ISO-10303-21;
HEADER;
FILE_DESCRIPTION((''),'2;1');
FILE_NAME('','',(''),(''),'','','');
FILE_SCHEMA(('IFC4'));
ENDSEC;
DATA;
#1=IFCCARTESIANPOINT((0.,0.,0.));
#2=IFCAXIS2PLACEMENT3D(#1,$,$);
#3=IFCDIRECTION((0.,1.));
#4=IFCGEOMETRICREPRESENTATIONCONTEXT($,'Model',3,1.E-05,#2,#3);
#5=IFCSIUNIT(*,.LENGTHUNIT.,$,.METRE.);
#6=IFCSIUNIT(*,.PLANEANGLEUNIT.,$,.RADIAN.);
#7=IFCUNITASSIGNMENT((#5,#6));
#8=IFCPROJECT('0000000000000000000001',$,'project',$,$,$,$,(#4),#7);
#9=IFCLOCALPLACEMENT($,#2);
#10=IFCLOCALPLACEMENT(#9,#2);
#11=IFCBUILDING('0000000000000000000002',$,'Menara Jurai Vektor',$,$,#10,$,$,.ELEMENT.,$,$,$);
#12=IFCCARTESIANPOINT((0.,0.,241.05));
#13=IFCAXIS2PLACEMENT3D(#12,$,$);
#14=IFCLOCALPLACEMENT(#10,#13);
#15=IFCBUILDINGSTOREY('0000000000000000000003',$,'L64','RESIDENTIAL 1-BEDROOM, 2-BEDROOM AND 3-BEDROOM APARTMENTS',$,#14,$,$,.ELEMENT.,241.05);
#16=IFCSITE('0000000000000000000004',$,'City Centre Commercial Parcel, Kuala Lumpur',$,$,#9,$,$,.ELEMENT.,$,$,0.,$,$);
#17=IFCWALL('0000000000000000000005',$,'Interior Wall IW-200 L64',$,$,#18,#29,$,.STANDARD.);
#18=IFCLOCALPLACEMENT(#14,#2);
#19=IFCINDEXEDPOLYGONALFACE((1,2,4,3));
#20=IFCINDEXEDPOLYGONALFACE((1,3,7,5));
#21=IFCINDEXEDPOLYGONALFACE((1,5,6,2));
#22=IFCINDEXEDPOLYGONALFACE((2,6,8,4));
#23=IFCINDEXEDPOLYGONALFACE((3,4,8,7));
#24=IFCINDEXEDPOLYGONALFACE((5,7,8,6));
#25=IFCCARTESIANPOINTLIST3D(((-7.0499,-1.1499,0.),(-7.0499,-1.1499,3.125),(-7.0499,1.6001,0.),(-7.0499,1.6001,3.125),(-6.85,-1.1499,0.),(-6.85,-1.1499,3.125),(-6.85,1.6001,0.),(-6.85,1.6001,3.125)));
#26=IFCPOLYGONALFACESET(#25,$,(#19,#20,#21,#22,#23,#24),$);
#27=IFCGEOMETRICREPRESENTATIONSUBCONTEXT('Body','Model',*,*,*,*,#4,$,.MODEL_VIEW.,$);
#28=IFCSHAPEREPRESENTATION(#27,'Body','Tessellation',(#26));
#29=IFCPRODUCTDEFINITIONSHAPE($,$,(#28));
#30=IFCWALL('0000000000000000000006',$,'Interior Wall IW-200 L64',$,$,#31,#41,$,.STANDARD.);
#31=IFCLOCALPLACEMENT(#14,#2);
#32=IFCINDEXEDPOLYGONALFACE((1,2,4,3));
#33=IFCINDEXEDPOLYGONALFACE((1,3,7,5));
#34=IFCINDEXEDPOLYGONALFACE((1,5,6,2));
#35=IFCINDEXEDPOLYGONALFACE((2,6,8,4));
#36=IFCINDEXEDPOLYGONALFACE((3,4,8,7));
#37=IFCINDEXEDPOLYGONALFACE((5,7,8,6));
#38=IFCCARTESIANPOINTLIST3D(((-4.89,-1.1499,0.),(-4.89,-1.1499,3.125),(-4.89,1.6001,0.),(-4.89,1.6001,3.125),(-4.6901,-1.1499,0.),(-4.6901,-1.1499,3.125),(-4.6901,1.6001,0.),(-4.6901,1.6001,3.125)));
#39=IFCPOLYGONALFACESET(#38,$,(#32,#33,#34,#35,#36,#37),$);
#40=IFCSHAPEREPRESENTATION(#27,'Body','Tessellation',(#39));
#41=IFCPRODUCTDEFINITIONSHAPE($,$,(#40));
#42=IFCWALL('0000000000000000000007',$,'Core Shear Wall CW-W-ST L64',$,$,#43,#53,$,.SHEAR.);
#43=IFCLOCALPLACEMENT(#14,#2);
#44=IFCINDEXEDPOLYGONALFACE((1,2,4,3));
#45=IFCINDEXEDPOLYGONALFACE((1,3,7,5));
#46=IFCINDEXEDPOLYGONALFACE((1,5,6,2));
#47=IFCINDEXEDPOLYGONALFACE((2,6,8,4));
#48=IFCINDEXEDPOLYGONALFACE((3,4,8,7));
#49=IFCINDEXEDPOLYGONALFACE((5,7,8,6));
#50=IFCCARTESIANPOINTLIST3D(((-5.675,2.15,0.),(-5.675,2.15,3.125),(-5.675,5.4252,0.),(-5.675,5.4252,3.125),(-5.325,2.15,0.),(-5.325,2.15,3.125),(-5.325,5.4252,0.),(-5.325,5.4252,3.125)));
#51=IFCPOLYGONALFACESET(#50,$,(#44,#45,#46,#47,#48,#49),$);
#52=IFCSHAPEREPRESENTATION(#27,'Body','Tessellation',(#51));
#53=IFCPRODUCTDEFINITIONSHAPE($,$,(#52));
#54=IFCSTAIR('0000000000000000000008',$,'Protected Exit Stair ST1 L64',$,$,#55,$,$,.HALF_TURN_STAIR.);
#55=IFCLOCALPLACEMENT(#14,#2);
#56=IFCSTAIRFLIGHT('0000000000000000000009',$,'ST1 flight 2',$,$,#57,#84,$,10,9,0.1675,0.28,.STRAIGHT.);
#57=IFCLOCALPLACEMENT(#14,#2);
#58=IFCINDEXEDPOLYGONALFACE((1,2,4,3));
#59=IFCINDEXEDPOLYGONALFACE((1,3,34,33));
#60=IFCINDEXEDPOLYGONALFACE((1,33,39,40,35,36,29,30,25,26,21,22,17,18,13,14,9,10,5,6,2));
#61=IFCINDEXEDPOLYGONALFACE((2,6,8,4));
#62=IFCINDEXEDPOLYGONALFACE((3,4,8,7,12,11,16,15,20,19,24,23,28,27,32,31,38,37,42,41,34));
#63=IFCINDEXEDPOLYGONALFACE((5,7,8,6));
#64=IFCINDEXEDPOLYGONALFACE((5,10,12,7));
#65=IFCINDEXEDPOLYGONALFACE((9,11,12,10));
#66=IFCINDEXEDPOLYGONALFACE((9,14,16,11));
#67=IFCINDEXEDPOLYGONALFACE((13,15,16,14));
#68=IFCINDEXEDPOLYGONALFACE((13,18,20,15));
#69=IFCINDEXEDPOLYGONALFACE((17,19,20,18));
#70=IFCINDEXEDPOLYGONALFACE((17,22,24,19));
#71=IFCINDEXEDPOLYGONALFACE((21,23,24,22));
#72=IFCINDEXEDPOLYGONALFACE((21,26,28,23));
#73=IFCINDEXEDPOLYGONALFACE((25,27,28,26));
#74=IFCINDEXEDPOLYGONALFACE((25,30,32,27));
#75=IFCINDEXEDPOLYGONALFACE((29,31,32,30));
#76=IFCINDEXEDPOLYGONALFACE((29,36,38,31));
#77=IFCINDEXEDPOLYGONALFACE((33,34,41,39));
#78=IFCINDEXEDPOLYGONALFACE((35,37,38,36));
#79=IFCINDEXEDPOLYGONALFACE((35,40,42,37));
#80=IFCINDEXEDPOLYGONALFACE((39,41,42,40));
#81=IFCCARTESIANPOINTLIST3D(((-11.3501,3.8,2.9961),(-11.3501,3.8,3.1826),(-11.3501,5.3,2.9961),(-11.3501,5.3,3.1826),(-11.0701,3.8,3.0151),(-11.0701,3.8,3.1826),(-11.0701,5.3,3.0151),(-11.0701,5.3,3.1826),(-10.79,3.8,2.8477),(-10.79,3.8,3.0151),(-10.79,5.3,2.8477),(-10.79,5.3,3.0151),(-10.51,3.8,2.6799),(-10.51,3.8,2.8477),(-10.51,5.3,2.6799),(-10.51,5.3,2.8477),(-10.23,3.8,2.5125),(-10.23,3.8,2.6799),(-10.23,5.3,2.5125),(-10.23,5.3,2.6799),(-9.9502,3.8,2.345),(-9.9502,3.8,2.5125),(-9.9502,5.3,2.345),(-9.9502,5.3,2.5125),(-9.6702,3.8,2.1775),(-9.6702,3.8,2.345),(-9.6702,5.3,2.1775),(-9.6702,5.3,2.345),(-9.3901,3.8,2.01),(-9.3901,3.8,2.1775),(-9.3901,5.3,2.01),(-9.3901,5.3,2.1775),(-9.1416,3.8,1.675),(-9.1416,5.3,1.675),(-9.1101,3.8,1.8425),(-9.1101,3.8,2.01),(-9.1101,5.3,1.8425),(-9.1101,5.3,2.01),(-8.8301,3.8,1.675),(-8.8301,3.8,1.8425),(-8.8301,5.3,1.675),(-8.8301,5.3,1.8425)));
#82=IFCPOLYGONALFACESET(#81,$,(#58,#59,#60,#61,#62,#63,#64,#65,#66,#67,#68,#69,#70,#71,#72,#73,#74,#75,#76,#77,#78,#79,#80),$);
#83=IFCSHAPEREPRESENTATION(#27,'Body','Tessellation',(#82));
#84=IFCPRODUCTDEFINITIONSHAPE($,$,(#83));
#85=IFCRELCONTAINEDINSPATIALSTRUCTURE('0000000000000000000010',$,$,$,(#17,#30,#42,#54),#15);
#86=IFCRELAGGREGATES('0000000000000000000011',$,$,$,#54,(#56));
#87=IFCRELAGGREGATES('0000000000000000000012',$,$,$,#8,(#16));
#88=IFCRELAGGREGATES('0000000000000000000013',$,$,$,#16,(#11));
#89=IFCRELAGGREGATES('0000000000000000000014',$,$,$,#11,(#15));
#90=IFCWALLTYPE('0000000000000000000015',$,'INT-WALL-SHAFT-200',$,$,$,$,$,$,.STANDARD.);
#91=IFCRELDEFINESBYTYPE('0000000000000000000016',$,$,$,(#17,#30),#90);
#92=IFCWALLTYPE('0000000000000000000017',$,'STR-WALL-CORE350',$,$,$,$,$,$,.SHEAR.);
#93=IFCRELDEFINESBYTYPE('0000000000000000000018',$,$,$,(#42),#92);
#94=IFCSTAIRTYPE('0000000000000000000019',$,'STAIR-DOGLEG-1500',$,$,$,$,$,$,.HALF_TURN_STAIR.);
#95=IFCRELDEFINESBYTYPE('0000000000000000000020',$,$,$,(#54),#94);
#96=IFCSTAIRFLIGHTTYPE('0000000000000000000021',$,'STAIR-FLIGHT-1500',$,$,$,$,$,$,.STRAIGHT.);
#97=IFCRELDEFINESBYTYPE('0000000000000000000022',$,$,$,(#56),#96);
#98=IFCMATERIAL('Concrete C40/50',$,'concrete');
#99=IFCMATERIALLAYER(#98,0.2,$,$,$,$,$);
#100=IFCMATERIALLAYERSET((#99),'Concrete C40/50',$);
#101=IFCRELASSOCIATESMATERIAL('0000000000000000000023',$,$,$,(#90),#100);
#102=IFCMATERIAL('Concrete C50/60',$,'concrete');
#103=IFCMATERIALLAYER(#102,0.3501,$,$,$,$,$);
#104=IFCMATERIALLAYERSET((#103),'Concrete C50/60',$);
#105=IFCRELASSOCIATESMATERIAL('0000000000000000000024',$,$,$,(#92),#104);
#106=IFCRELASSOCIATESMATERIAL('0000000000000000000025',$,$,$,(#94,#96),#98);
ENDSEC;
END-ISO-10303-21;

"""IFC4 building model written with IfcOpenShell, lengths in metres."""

from ifc_helpers import new_model, si_unit, direction, frame, frame_2d, origin, place, context, subcontext, project, spatial, polyline, rectangle, outline, extrude, material, layer, layer_set, type_object, element, aggregate, save


model = new_model("IFC4")

# Units and contexts
model_context = context("Model", 3, precision=1e-05, world=origin(), true_north=direction((0.0, 1.0)))
body_context = subcontext(model_context, "Body", "Model", "MODEL_VIEW")
ifc_project = project(units=[si_unit("LENGTHUNIT", "METRE"), si_unit("PLANEANGLEUNIT", "RADIAN")], contexts=[model_context])

# Site, building, storey
site_placement = place(None, origin())
site = spatial("IfcSite", under=ifc_project, at=site_placement, Name="City Centre Commercial Parcel, Kuala Lumpur", CompositionType="ELEMENT", RefElevation=0.0)
building_placement = place(site_placement, origin())
building = spatial("IfcBuilding", under=site, at=building_placement, Name="Menara Jurai Vektor", CompositionType="ELEMENT")
storey_placement = place(building_placement, frame((0.0, 0.0, 241.05)))
storey = spatial("IfcBuildingStorey", under=building, at=storey_placement, Name="L64", Description="RESIDENTIAL 1-BEDROOM, 2-BEDROOM AND 3-BEDROOM APARTMENTS", CompositionType="ELEMENT", Elevation=241.05)

# Shared definitions
ifc_material_1 = material(Name="Concrete C50/60", Category="concrete")

# Shared definitions
ifc_material_2 = material(Name="Concrete C40/50", Category="concrete")

# Shared definitions
ifc_layer_1 = layer(ifc_material_2, 0.2)
ifc_layer_set_1 = layer_set([ifc_layer_1], Name="Concrete C40/50")
wall_type_1 = type_object("IfcWallType", Name="INT-WALL-SHAFT-200", PredefinedType="STANDARD", material=ifc_layer_set_1)

# Walls
for number, where, z_axis, x_axis, name in (
    (1, (-6.95, -1.1499, 0.0), (0.0, 0.0, 1.0), (0.0, 1.0, 0.0), "Interior Wall IW-200 L64"),
    (2, (-4.79, -1.1499, 0.0), (0.0, 0.0, 1.0), (0.0, 1.0, 0.0), "Interior Wall IW-200 L64"),
):
    element("IfcWall", number, at=place(storey_placement, frame(where, z_axis=z_axis, x_axis=x_axis)), inside=storey, type_object=wall_type_1, Name=name, PredefinedType="STANDARD", context=body_context, shape_type="SweptSolid", body=[
        extrude(rectangle(XDim=2.75, YDim=0.2, at=frame_2d((1.375, 0.0))), origin(), (0.0, 0.0, 1.0), 3.125),
    ])

# Wall
ifc_layer_2 = layer(ifc_material_1, 0.3501)
ifc_layer_set_2 = layer_set([ifc_layer_2], Name="Concrete C50/60")
wall_type_2 = type_object("IfcWallType", Name="STR-WALL-CORE350", PredefinedType="SHEAR", material=ifc_layer_set_2)
wall_1_placement = place(storey_placement, frame((-5.5, 2.1499, 0.0), z_axis=(0.0, 0.0, 1.0), x_axis=(0.0, 1.0, 0.0)))
element("IfcWall", 3, at=wall_1_placement, inside=storey, type_object=wall_type_2, Name="Core Shear Wall CW-W-ST L64", PredefinedType="SHEAR", context=body_context, shape_type="SweptSolid", body=[
    extrude(rectangle(XDim=3.2751, YDim=0.3501, at=frame_2d((1.6377, 0.0))), origin(), (0.0, 0.0, 1.0), 3.125),
])

# Stair, stair flight
stair_type = type_object("IfcStairType", Name="STAIR-DOGLEG-1500", PredefinedType="HALF_TURN_STAIR", material=ifc_material_2)
stair_placement = place(storey_placement, origin())
stair = element("IfcStair", 4, at=stair_placement, inside=storey, type_object=stair_type, Name="Protected Exit Stair ST1 L64", PredefinedType="HALF_TURN_STAIR")
stair_flight_type = type_object("IfcStairFlightType", Name="STAIR-FLIGHT-1500", PredefinedType="STRAIGHT", material=ifc_material_2)
stair_flight_placement = place(storey_placement, frame((-8.8301, 4.55, 1.675), z_axis=(0.0, 0.0, 1.0), x_axis=(-1.0, 0.0, 0.0)))
stair_flight = element("IfcStairFlight", 5, at=stair_flight_placement, type_object=stair_flight_type, Name="ST1 flight 2", NumberOfRisers=10, NumberOfTreads=9, PredefinedType="STRAIGHT", RiserHeight=0.1675, TreadLength=0.28, context=body_context, shape_type="SweptSolid", body=[
    extrude(outline(polyline([(0.0, 0.0), (0.0, 0.1675), (0.28, 0.1675), (0.28, 0.335), (0.5601, 0.335), (0.5601, 0.5024), (0.8401, 0.5024), (0.8401, 0.6699), (1.1201, 0.6699), (1.1201, 0.8374), (1.3999, 0.8374), (1.3999, 1.0049), (1.6799, 1.0049), (1.6799, 1.1726), (1.96, 1.1726), (1.96, 1.3401), (2.24, 1.3401), (2.24, 1.5076), (2.52, 1.5076), (2.52, 1.675), (2.52, 1.321), (0.3115, 0.0), (0.0, 0.0)])), frame((0.0, 0.75, 0.0), z_axis=(0.0, -1.0, 0.0), x_axis=(1.0, 0.0, 0.0)), (0.0, 0.0, 1.0), 1.5),
])
aggregate(stair, [stair_flight])

save(model, "model.ifc")
